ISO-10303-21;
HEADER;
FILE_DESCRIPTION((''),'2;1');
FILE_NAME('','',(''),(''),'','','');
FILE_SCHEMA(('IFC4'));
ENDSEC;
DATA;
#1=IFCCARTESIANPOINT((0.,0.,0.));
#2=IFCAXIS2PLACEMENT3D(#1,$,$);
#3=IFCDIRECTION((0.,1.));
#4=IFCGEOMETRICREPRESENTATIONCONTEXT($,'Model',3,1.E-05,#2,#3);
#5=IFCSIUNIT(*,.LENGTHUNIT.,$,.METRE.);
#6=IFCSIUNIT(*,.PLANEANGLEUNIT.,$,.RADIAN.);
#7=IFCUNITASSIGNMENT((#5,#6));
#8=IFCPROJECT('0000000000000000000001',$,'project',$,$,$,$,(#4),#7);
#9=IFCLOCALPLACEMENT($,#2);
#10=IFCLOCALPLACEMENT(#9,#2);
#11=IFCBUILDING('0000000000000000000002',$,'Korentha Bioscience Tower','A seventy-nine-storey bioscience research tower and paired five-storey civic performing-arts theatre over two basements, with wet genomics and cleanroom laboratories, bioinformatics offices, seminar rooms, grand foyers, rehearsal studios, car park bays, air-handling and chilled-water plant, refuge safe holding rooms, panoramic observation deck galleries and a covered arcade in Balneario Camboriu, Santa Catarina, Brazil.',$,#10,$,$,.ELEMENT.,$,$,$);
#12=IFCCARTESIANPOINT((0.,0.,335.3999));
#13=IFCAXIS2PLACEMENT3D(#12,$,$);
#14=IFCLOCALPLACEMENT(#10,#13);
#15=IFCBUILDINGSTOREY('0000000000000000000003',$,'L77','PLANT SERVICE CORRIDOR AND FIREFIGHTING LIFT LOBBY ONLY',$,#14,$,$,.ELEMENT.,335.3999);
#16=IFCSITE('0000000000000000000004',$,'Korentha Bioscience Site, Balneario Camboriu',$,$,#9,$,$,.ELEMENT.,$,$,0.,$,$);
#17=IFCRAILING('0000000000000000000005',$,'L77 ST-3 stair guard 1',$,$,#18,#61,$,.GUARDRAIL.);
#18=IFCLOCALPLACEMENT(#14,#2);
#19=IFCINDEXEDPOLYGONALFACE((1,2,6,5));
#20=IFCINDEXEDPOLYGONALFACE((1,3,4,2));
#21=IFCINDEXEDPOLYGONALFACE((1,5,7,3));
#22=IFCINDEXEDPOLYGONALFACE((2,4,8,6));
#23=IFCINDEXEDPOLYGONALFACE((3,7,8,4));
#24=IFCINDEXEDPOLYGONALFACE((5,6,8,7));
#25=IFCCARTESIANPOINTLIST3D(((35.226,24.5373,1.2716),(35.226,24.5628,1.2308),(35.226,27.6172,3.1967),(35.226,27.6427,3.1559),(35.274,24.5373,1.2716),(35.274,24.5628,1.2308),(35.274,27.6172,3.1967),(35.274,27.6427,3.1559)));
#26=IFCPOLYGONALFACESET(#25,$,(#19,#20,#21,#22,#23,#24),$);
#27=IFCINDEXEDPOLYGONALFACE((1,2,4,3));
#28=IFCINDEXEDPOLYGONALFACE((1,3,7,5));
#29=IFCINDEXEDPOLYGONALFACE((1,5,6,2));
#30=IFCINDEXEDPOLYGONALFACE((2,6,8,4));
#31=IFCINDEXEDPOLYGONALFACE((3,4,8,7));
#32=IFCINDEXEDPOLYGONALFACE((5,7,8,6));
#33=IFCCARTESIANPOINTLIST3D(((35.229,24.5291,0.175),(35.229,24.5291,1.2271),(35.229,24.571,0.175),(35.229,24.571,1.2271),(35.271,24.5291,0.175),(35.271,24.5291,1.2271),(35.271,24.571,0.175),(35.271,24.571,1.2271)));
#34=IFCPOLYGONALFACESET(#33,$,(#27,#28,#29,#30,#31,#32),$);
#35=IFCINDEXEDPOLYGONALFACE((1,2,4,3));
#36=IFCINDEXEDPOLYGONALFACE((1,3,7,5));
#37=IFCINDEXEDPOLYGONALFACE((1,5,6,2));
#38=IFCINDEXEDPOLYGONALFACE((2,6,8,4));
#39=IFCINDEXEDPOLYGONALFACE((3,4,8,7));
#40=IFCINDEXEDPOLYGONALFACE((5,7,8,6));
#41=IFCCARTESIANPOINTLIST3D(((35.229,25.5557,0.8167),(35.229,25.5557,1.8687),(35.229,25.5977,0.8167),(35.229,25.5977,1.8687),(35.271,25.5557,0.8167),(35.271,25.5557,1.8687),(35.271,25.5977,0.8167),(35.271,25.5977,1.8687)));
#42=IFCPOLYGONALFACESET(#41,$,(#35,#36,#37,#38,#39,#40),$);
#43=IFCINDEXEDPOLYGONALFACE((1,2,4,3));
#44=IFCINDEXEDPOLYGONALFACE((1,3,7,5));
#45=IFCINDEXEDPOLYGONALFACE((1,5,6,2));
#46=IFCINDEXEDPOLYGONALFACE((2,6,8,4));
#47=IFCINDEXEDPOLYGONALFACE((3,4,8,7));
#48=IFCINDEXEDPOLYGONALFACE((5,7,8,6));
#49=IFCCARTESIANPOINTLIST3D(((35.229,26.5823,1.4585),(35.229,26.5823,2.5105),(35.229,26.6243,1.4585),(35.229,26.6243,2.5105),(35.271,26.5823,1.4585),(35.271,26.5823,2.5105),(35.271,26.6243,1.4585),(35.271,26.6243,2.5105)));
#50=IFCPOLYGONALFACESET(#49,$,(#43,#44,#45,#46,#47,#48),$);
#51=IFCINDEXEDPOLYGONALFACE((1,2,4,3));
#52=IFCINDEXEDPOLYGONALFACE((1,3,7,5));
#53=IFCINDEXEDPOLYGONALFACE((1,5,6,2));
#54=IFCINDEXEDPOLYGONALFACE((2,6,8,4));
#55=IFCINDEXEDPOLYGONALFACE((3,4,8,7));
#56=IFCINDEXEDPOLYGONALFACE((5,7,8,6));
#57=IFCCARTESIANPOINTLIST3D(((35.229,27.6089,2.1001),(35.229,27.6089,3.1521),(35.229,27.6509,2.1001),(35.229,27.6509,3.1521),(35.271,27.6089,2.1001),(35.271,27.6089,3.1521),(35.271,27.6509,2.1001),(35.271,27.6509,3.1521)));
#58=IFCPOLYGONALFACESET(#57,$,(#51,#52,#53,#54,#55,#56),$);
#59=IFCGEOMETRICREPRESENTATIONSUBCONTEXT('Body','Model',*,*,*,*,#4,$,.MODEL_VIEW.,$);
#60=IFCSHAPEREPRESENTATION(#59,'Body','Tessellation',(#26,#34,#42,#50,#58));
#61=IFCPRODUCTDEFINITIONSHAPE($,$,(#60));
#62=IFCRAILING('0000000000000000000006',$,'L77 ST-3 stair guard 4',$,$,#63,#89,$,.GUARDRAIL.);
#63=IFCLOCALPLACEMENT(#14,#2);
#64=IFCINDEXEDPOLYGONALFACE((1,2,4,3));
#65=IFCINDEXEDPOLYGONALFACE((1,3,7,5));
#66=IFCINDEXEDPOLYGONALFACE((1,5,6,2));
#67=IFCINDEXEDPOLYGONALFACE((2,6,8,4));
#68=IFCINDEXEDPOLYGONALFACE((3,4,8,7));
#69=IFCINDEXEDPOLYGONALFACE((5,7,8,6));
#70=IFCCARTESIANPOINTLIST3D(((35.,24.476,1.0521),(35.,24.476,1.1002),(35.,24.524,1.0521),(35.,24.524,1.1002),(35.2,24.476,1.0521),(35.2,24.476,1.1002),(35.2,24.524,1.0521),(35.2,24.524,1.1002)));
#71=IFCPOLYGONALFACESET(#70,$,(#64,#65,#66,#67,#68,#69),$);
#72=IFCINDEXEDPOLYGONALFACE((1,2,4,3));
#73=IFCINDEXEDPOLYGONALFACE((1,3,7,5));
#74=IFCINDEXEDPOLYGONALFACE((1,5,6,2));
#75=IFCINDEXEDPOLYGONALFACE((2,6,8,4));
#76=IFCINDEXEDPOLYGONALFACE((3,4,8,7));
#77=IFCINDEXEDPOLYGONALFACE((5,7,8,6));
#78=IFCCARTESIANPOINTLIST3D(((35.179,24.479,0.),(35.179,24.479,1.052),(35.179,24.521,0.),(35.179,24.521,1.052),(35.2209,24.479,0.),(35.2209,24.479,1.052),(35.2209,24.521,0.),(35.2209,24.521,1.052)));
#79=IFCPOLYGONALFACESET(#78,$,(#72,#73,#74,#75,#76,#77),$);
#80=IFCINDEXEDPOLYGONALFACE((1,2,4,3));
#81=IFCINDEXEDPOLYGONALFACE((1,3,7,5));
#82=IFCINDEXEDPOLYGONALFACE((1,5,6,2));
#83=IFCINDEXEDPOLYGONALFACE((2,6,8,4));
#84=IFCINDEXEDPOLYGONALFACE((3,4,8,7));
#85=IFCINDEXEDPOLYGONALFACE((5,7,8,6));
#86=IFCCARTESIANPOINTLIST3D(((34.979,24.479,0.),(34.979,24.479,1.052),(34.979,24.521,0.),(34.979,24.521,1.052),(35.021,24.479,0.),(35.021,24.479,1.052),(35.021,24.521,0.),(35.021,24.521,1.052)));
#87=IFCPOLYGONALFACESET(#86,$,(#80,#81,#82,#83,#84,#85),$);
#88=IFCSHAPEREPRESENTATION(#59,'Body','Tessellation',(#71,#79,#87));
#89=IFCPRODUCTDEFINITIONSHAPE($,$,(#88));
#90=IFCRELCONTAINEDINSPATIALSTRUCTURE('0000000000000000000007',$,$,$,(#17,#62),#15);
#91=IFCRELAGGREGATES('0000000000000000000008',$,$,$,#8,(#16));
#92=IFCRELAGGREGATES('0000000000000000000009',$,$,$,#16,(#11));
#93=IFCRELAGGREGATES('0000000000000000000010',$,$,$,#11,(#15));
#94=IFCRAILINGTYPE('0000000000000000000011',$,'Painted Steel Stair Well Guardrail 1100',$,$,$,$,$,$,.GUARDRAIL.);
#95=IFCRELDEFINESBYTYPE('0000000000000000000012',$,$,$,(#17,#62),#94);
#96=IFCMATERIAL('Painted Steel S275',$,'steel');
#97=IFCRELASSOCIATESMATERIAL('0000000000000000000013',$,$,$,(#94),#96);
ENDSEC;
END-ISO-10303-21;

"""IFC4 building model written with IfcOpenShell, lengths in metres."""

from ifc_helpers import new_model, si_unit, direction, frame, origin, origin_2d, place, context, subcontext, project, spatial, rectangle, extrude, material, type_object, element, save


model = new_model("IFC4")

# Units and contexts
model_context = context("Model", 3, precision=1e-05, world=origin(), true_north=direction((0.0, 1.0)))
body_context = subcontext(model_context, "Body", "Model", "MODEL_VIEW")
ifc_project = project(units=[si_unit("LENGTHUNIT", "METRE"), si_unit("PLANEANGLEUNIT", "RADIAN")], contexts=[model_context])

# Site, building, storey
site_placement = place(None, origin())
site = spatial("IfcSite", under=ifc_project, at=site_placement, Name="Korentha Bioscience Site, Balneario Camboriu", CompositionType="ELEMENT", RefElevation=0.0)
building_placement = place(site_placement, origin())
building = spatial("IfcBuilding", under=site, at=building_placement, Name="Korentha Bioscience Tower", Description="A seventy-nine-storey bioscience research tower and paired five-storey civic performing-arts theatre over two basements, with wet genomics and cleanroom laboratories, bioinformatics offices, seminar rooms, grand foyers, rehearsal studios, car park bays, air-handling and chilled-water plant, refuge safe holding rooms, panoramic observation deck galleries and a covered arcade in Balneario Camboriu, Santa Catarina, Brazil.", CompositionType="ELEMENT")
storey_placement = place(building_placement, frame((0.0, 0.0, 335.3999)))
storey = spatial("IfcBuildingStorey", under=building, at=storey_placement, Name="L77", Description="PLANT SERVICE CORRIDOR AND FIREFIGHTING LIFT LOBBY ONLY", CompositionType="ELEMENT", Elevation=335.3999)

# Railings
ifc_material_1 = material(Name="Painted Steel S275", Category="steel")
railing_type_1 = type_object("IfcRailingType", Name="Painted Steel Stair Well Guardrail 1100", PredefinedType="GUARDRAIL", material=ifc_material_1)
railing_1_placement = place(storey_placement, frame((35.25, 24.55, 0.175)))
element("IfcRailing", 1, at=railing_1_placement, inside=storey, type_object=railing_type_1, Name="L77 ST-3 stair guard 1", PredefinedType="GUARDRAIL", context=body_context, shape_type="SweptSolid", body=[
    extrude(rectangle(XDim=0.0481, YDim=0.0481, at=origin_2d()), frame((0.0, 0.0, 1.0762), z_axis=(0.0, 0.847979, 0.530029), x_axis=(-1.0, 0.0, 0.0)), (0.0, 0.0, 1.0), 3.6321),
    extrude(rectangle(XDim=0.042, YDim=0.042, at=origin_2d()), origin(), (0.0, 0.0, 1.0), 1.052),
    extrude(rectangle(XDim=0.042, YDim=0.042, at=origin_2d()), frame((0.0, 1.0266, 0.6416)), (0.0, 0.0, 1.0), 1.052),
    extrude(rectangle(XDim=0.042, YDim=0.042, at=origin_2d()), frame((0.0, 2.0532, 1.2834)), (0.0, 0.0, 1.0), 1.052),
    extrude(rectangle(XDim=0.042, YDim=0.042, at=origin_2d()), frame((0.0, 3.0798, 1.925)), (0.0, 0.0, 1.0), 1.052),
])
railing_2_placement = place(storey_placement, frame((35.2, 24.5, 0.0)))
element("IfcRailing", 2, at=railing_2_placement, inside=storey, type_object=railing_type_1, Name="L77 ST-3 stair guard 4", PredefinedType="GUARDRAIL", context=body_context, shape_type="SweptSolid", body=[
    extrude(rectangle(XDim=0.0481, YDim=0.0481, at=origin_2d()), frame((0.0, 0.0, 1.0762), z_axis=(-1.0, 0.0, 0.0), x_axis=(0.0, -1.0, 0.0)), (0.0, 0.0, 1.0), 0.2),
    extrude(rectangle(XDim=0.042, YDim=0.042, at=origin_2d()), origin(), (0.0, 0.0, 1.0), 1.052),
    extrude(rectangle(XDim=0.042, YDim=0.042, at=origin_2d()), frame((-0.2, 0.0, 0.0)), (0.0, 0.0, 1.0), 1.052),
])

save(model, "model.ifc")
